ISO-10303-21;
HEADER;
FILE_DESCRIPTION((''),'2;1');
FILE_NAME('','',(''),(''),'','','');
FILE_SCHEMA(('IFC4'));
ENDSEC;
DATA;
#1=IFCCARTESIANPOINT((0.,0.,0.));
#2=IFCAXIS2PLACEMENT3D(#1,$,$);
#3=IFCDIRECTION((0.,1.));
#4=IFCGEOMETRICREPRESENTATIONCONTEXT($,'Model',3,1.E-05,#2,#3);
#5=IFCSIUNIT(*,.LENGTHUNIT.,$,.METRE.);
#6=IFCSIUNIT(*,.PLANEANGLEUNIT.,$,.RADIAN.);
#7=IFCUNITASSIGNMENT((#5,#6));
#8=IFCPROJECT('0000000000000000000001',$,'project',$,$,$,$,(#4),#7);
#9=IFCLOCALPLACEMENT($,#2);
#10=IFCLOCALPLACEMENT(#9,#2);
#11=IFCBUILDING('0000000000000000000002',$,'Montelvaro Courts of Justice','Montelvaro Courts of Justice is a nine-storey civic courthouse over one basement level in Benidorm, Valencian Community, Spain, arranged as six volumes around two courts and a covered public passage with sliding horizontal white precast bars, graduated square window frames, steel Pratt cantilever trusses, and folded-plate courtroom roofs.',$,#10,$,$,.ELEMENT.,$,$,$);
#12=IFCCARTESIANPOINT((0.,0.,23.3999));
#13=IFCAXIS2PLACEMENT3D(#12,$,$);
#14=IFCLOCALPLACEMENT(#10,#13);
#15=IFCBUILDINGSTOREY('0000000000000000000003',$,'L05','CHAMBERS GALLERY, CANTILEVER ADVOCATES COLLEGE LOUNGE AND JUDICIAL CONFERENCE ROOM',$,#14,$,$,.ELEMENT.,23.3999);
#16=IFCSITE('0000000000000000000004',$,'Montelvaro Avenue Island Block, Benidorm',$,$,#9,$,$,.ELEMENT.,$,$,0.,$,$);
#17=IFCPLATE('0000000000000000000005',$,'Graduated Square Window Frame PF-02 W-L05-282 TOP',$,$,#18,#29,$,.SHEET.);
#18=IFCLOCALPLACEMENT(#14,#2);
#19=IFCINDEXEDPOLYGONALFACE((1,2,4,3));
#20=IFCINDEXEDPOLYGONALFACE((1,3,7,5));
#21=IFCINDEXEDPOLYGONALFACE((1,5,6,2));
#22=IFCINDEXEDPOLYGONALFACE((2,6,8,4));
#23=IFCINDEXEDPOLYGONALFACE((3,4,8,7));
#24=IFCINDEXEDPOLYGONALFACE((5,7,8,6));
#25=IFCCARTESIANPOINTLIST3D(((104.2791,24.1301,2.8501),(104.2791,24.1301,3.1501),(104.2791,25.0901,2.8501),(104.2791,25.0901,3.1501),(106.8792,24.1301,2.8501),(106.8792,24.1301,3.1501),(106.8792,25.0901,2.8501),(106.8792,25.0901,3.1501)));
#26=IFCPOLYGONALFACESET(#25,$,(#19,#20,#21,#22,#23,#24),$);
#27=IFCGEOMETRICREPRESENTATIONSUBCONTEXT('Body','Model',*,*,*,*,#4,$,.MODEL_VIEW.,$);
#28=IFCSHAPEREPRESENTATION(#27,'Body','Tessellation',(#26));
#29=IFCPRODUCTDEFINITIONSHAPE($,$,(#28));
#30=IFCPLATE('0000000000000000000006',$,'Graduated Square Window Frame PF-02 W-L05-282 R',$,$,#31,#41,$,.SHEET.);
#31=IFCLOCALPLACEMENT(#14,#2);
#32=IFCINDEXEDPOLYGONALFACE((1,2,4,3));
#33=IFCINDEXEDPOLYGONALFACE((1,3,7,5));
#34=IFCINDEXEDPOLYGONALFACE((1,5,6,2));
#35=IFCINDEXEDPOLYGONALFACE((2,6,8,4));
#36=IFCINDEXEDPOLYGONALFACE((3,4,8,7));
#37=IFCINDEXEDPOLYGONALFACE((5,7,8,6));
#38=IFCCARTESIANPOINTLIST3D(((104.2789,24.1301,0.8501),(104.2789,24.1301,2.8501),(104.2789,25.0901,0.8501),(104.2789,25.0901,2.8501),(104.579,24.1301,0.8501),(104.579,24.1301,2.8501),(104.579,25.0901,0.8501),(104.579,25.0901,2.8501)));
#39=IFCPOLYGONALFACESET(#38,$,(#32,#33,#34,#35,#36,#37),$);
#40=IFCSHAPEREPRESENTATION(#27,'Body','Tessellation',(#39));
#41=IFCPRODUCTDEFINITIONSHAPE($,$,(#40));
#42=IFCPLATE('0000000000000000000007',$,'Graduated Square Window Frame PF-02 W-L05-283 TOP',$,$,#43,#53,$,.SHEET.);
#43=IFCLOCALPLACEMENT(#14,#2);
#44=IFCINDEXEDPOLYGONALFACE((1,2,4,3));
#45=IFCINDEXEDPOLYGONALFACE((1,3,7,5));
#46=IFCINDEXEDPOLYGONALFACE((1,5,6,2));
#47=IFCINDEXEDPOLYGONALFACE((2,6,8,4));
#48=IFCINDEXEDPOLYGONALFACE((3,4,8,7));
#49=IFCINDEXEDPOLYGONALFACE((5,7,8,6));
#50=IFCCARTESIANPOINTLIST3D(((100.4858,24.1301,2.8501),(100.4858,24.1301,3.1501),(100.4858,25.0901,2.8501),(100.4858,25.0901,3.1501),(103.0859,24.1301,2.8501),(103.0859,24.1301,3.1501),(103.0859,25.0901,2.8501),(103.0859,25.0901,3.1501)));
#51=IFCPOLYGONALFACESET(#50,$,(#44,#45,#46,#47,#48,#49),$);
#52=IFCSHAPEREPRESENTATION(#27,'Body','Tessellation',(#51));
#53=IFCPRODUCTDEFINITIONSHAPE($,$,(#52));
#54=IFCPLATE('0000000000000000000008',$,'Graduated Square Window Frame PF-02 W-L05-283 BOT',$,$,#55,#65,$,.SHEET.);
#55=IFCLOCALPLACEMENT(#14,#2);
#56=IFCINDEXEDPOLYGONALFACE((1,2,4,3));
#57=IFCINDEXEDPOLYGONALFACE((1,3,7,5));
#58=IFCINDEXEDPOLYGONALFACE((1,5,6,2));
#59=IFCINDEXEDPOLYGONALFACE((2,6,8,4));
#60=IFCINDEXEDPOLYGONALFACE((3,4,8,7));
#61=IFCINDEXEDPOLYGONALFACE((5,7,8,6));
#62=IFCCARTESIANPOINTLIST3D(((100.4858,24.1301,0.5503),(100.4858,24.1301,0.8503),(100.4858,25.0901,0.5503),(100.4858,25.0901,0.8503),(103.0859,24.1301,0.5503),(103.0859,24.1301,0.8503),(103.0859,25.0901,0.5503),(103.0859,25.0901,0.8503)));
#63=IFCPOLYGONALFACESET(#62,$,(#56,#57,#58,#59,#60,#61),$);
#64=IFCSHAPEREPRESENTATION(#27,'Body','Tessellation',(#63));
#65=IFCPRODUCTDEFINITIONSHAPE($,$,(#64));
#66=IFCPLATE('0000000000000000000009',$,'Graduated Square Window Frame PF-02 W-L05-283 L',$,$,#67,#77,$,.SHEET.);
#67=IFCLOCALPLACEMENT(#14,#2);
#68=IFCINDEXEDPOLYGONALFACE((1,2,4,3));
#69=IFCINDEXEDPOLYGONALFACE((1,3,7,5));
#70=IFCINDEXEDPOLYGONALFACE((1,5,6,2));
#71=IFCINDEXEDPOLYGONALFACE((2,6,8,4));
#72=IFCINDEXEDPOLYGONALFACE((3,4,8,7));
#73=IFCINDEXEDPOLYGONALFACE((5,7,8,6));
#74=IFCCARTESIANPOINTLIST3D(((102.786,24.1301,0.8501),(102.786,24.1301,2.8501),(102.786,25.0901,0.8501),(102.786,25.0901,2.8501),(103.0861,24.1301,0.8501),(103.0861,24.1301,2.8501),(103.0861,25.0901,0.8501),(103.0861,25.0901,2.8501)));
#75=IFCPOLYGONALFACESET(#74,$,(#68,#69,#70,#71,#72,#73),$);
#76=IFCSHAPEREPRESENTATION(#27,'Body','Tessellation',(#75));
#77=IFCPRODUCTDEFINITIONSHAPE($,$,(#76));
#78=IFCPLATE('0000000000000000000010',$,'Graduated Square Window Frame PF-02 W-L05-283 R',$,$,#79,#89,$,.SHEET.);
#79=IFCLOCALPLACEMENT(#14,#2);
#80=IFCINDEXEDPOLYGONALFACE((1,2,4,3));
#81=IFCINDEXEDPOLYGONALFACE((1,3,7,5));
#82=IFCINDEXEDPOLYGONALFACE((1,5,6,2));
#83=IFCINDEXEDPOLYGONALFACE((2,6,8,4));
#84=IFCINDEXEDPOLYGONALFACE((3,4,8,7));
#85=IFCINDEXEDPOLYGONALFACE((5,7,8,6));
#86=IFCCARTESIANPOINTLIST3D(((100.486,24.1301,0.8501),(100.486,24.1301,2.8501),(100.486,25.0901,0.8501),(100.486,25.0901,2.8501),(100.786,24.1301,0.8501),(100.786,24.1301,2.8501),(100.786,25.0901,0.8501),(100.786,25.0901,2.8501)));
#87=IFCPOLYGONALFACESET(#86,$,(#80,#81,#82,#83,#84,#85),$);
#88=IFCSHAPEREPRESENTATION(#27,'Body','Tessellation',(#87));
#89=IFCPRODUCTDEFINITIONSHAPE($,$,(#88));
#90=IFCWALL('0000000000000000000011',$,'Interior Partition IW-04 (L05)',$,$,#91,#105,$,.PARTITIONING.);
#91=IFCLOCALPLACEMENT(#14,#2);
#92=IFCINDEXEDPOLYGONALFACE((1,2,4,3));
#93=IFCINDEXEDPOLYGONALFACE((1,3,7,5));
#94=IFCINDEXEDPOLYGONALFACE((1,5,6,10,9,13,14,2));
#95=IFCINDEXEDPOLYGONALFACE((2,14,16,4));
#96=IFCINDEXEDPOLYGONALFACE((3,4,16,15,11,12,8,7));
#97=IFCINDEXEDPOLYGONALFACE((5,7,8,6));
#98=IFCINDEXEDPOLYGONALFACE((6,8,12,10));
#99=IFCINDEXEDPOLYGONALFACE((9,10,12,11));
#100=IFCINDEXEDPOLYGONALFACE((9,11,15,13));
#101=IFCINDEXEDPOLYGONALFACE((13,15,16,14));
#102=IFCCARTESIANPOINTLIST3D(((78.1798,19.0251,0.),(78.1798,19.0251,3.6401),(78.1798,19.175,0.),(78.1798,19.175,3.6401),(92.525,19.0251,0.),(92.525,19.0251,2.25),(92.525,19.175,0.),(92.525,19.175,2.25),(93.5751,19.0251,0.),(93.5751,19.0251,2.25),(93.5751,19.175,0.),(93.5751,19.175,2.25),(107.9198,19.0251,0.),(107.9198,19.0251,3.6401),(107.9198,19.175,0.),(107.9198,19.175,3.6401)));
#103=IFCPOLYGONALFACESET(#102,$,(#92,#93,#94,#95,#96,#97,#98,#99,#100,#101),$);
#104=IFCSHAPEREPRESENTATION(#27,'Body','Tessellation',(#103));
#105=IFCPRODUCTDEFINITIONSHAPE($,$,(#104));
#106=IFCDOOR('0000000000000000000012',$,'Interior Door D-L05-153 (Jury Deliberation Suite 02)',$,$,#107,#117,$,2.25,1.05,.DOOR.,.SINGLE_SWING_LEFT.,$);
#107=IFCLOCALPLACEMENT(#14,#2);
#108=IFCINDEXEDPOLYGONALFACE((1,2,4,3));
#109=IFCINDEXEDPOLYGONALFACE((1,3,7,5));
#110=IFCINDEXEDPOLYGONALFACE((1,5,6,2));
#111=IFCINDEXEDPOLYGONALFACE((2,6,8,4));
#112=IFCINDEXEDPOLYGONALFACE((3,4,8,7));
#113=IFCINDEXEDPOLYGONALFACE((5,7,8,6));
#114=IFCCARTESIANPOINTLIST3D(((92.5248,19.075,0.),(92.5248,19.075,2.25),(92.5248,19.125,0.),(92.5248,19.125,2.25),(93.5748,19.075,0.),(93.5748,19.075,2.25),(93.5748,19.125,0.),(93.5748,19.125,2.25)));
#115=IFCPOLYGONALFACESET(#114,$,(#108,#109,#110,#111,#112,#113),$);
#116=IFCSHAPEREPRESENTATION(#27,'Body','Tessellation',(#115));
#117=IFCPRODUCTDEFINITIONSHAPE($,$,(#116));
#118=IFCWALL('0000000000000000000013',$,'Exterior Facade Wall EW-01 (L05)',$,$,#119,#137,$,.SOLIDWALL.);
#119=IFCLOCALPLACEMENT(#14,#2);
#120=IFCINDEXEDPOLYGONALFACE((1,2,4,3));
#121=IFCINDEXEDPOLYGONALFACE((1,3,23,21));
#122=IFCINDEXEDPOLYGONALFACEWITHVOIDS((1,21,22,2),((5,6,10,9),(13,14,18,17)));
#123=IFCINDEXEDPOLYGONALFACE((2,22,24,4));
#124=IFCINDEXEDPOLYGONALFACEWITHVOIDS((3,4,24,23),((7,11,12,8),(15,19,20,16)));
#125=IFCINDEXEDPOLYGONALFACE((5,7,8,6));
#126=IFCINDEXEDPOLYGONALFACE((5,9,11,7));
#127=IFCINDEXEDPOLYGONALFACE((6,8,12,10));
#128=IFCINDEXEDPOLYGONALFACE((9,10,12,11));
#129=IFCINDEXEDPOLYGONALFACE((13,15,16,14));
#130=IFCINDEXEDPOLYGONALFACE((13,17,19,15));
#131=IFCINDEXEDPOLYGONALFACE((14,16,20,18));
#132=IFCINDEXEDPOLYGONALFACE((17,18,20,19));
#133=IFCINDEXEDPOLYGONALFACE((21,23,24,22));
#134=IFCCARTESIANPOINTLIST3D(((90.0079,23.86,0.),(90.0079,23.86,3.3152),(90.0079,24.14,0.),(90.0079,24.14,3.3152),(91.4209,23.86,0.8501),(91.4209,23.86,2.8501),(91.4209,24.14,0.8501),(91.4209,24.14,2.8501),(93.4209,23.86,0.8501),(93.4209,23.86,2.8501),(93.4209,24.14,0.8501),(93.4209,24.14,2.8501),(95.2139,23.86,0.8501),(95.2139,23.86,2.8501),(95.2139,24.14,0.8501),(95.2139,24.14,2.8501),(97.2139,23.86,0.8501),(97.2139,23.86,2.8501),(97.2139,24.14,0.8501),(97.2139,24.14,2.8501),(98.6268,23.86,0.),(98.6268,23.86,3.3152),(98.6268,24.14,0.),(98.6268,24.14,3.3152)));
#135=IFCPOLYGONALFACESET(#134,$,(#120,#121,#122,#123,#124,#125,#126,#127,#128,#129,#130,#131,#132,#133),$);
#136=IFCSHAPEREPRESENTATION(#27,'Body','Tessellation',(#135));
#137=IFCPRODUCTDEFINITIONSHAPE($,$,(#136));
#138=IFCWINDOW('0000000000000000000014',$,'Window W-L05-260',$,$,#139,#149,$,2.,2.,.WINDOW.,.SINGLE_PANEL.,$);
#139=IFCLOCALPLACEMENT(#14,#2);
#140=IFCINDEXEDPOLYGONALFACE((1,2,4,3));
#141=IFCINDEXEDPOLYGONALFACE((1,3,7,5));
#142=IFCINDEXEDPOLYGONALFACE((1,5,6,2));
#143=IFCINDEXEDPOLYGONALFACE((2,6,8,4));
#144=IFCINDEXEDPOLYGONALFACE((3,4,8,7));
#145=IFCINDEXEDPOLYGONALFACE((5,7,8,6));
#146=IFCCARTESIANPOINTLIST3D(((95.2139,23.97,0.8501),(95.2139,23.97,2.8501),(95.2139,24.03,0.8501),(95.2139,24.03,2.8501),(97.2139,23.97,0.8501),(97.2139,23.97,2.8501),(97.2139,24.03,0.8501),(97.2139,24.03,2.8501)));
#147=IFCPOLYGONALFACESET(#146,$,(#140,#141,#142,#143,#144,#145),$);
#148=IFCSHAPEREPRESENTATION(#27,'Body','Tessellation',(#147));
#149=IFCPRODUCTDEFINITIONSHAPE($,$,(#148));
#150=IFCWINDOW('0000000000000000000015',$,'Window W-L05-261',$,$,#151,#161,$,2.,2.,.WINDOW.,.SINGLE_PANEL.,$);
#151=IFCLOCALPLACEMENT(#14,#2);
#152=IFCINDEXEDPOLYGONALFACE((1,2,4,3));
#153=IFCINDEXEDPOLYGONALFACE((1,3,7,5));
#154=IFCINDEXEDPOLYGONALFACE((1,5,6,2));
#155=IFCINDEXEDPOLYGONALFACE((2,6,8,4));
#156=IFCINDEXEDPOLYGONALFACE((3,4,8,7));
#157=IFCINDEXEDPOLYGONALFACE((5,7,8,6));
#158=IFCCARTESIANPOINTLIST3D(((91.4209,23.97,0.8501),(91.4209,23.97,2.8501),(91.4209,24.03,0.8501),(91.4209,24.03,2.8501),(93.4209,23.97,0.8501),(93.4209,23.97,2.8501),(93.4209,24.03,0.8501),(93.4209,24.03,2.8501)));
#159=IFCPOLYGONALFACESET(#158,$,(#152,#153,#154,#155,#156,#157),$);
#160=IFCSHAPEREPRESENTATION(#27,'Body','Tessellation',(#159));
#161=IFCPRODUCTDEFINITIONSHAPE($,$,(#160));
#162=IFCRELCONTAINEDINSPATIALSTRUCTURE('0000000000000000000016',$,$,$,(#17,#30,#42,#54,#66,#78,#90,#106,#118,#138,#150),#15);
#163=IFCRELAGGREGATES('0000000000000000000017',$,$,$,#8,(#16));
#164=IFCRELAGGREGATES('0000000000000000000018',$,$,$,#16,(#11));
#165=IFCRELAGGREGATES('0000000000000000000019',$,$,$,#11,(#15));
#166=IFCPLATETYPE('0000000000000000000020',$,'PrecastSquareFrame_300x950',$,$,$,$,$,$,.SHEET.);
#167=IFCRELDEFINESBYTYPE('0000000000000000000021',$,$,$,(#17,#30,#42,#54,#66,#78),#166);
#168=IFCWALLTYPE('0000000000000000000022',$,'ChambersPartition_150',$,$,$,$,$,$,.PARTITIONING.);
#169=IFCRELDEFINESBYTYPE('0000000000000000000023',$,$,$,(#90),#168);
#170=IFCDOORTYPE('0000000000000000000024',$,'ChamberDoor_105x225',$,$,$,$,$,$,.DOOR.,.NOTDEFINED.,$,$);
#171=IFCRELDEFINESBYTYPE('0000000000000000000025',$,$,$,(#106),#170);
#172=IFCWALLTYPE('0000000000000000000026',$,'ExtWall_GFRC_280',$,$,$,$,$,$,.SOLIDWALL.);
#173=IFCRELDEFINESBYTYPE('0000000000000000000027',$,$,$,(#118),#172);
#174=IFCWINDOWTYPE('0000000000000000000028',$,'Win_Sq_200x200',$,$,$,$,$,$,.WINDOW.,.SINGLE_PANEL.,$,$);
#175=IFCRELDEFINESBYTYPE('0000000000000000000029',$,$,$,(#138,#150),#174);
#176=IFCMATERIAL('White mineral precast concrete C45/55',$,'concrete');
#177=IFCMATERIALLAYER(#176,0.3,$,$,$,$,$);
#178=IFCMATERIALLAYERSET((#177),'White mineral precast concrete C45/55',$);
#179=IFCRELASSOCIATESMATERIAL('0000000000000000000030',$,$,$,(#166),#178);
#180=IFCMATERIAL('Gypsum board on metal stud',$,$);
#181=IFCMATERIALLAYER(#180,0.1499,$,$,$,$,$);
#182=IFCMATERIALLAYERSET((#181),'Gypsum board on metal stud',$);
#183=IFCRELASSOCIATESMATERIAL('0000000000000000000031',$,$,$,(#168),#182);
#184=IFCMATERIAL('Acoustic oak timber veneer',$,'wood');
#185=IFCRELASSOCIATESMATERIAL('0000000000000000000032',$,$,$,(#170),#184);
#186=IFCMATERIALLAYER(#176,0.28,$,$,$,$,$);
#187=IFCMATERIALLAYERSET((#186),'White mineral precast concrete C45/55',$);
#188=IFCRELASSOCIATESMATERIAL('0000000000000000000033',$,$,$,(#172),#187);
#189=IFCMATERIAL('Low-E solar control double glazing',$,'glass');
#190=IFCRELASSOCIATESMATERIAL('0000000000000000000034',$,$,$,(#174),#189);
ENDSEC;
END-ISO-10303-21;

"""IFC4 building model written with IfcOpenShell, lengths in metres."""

from ifc_helpers import new_model, si_unit, direction, frame, frame_2d, origin, origin_2d, place, context, subcontext, project, spatial, rectangle, extrude, material, layer, layer_set, type_object, element, fill, save


model = new_model("IFC4")

# Units and contexts
model_context = context("Model", 3, precision=1e-05, world=origin(), true_north=direction((0.0, 1.0)))
body_context = subcontext(model_context, "Body", "Model", "MODEL_VIEW")
ifc_project = project(units=[si_unit("LENGTHUNIT", "METRE"), si_unit("PLANEANGLEUNIT", "RADIAN")], contexts=[model_context])

# Site, building, storey
site_placement = place(None, origin())
site = spatial("IfcSite", under=ifc_project, at=site_placement, Name="Montelvaro Avenue Island Block, Benidorm", CompositionType="ELEMENT", RefElevation=0.0)
building_placement = place(site_placement, origin())
building = spatial("IfcBuilding", under=site, at=building_placement, Name="Montelvaro Courts of Justice", Description="Montelvaro Courts of Justice is a nine-storey civic courthouse over one basement level in Benidorm, Valencian Community, Spain, arranged as six volumes around two courts and a covered public passage with sliding horizontal white precast bars, graduated square window frames, steel Pratt cantilever trusses, and folded-plate courtroom roofs.", CompositionType="ELEMENT")
storey_placement = place(building_placement, frame((0.0, 0.0, 23.3999)))
storey = spatial("IfcBuildingStorey", under=building, at=storey_placement, Name="L05", Description="CHAMBERS GALLERY, CANTILEVER ADVOCATES COLLEGE LOUNGE AND JUDICIAL CONFERENCE ROOM", CompositionType="ELEMENT", Elevation=23.3999)

# Plates
ifc_material_1 = material(Name="White mineral precast concrete C45/55", Category="concrete")
ifc_layer_1 = layer(ifc_material_1, 0.3)
ifc_layer_set_1 = layer_set([ifc_layer_1], Name="White mineral precast concrete C45/55")
plate_type = type_object("IfcPlateType", Name="PrecastSquareFrame_300x950", PredefinedType="SHEET", material=ifc_layer_set_1)
plate_1_placement = place(storey_placement, frame((105.5791, 24.6101, 2.8501), z_axis=(0.0, 0.0, 1.0), x_axis=(-1.0, 0.0, 0.0)))
element("IfcPlate", 1, at=plate_1_placement, inside=storey, type_object=plate_type, Name="Graduated Square Window Frame PF-02 W-L05-282 TOP", PredefinedType="SHEET", context=body_context, shape_type="SweptSolid", body=[
    extrude(rectangle(XDim=2.6001, YDim=0.96, at=origin_2d()), origin(), (0.0, 0.0, 1.0), 0.3),
])
plate_2_placement = place(storey_placement, frame((104.429, 24.6101, 0.8501), z_axis=(0.0, 0.0, 1.0), x_axis=(-1.0, 0.0, 0.0)))
element("IfcPlate", 2, at=plate_2_placement, inside=storey, type_object=plate_type, Name="Graduated Square Window Frame PF-02 W-L05-282 R", PredefinedType="SHEET", context=body_context, shape_type="SweptSolid", body=[
    extrude(rectangle(XDim=0.3, YDim=0.96, at=origin_2d()), origin(), (0.0, 0.0, 1.0), 2.0),
])
for number, where, z_axis, x_axis, name in (
    (3, (101.7859, 24.6101, 2.8501), (0.0, 0.0, 1.0), (-1.0, 0.0, 0.0), "Graduated Square Window Frame PF-02 W-L05-283 TOP"),
    (4, (101.7859, 24.6101, 0.5503), (0.0, 0.0, 1.0), (-1.0, 0.0, 0.0), "Graduated Square Window Frame PF-02 W-L05-283 BOT"),
):
    element("IfcPlate", number, at=place(storey_placement, frame(where, z_axis=z_axis, x_axis=x_axis)), inside=storey, type_object=plate_type, Name=name, PredefinedType="SHEET", context=body_context, shape_type="SweptSolid", body=[
        extrude(rectangle(XDim=2.6001, YDim=0.96, at=origin_2d()), origin(), (0.0, 0.0, 1.0), 0.3),
    ])
for number, where, z_axis, x_axis, name in (
    (5, (102.936, 24.6101, 0.8501), (0.0, 0.0, 1.0), (-1.0, 0.0, 0.0), "Graduated Square Window Frame PF-02 W-L05-283 L"),
    (6, (100.636, 24.6101, 0.8501), (0.0, 0.0, 1.0), (-1.0, 0.0, 0.0), "Graduated Square Window Frame PF-02 W-L05-283 R"),
):
    element("IfcPlate", number, at=place(storey_placement, frame(where, z_axis=z_axis, x_axis=x_axis)), inside=storey, type_object=plate_type, Name=name, PredefinedType="SHEET", context=body_context, shape_type="SweptSolid", body=[
        extrude(rectangle(XDim=0.3, YDim=0.96, at=origin_2d()), origin(), (0.0, 0.0, 1.0), 2.0),
    ])

# Wall, opening, door
ifc_material_2 = material(Name="Gypsum board on metal stud")
ifc_layer_2 = layer(ifc_material_2, 0.1499)
ifc_layer_set_2 = layer_set([ifc_layer_2], Name="Gypsum board on metal stud")
wall_type_1 = type_object("IfcWallType", Name="ChambersPartition_150", PredefinedType="PARTITIONING", material=ifc_layer_set_2)
wall_1_placement = place(storey_placement, frame((107.9199, 19.1001, 0.0), z_axis=(0.0, 0.0, 1.0), x_axis=(-1.0, 0.0, 0.0)))
wall_1 = element("IfcWall", 7, at=wall_1_placement, inside=storey, type_object=wall_type_1, Name="Interior Partition IW-04 (L05)", PredefinedType="PARTITIONING", context=body_context, shape_type="SweptSolid", body=[
    extrude(rectangle(XDim=29.74, YDim=0.1499, at=frame_2d((14.8701, 0.0))), origin(), (0.0, 0.0, 1.0), 3.6401),
])
opening_1_placement = place(wall_1_placement, frame((14.345, 0.0, 0.0)))
opening_1 = element("IfcOpeningElement", 8, at=opening_1_placement, cuts=wall_1, PredefinedType="OPENING", context=body_context, shape_type="SweptSolid", body=[
    extrude(rectangle(XDim=1.05, YDim=2.25, at=frame_2d((0.5249, 1.125))), frame((0.0, 0.0898, 0.0), z_axis=(0.0, -1.0, 0.0), x_axis=(1.0, 0.0, 0.0)), (0.0, 0.0, 1.0), 0.1797),
])
ifc_material_3 = material(Name="Acoustic oak timber veneer", Category="wood")
door_type = type_object("IfcDoorType", Name="ChamberDoor_105x225", OperationType="NOTDEFINED", PredefinedType="DOOR", material=ifc_material_3)
door_placement = place(opening_1_placement, frame((1.05, 0.0, 0.0), z_axis=(0.0, 0.0, 1.0), x_axis=(-1.0, 0.0, 0.0)))
door = element("IfcDoor", 9, at=door_placement, inside=storey, type_object=door_type, Name="Interior Door D-L05-153 (Jury Deliberation Suite 02)", OperationType="SINGLE_SWING_LEFT", OverallHeight=2.25, OverallWidth=1.05, PredefinedType="DOOR", context=body_context, shape_type="SweptSolid", body=[
    extrude(rectangle(XDim=1.05, YDim=2.25, at=frame_2d((0.5249, 1.125))), frame((0.0, 0.0249, 0.0), z_axis=(0.0, -1.0, 0.0), x_axis=(1.0, 0.0, 0.0)), (0.0, 0.0, 1.0), 0.05),
])
fill(opening_1, door)

# Wall, openings, windows
ifc_layer_3 = layer(ifc_material_1, 0.28)
ifc_layer_set_3 = layer_set([ifc_layer_3], Name="White mineral precast concrete C45/55")
wall_type_2 = type_object("IfcWallType", Name="ExtWall_GFRC_280", PredefinedType="SOLIDWALL", material=ifc_layer_set_3)
wall_2_placement = place(storey_placement, frame((98.627, 24.0, 0.0), z_axis=(0.0, 0.0, 1.0), x_axis=(-1.0, 0.0, 0.0)))
wall_2 = element("IfcWall", 10, at=wall_2_placement, inside=storey, type_object=wall_type_2, Name="Exterior Facade Wall EW-01 (L05)", PredefinedType="SOLIDWALL", context=body_context, shape_type="SweptSolid", body=[
    extrude(rectangle(XDim=8.6189, YDim=0.28, at=frame_2d((4.3096, 0.0))), origin(), (0.0, 0.0, 1.0), 3.3152),
])
opening_2_placement = place(wall_2_placement, frame((1.4131, 0.0, 0.8501)))
opening_2 = element("IfcOpeningElement", 11, at=opening_2_placement, cuts=wall_2, PredefinedType="OPENING", context=body_context, shape_type="SweptSolid", body=[
    extrude(rectangle(XDim=2.0, YDim=2.0, at=frame_2d((1.0, 1.0))), frame((0.0, 0.1548, 0.0), z_axis=(0.0, -1.0, 0.0), x_axis=(1.0, 0.0, 0.0)), (0.0, 0.0, 1.0), 0.3098),
])
opening_3_placement = place(wall_2_placement, frame((5.2061, 0.0, 0.8501)))
opening_3 = element("IfcOpeningElement", 12, at=opening_3_placement, cuts=wall_2, PredefinedType="OPENING", context=body_context, shape_type="SweptSolid", body=[
    extrude(rectangle(XDim=2.0, YDim=2.0, at=frame_2d((1.0, 1.0))), frame((0.0, 0.1548, 0.0), z_axis=(0.0, -1.0, 0.0), x_axis=(1.0, 0.0, 0.0)), (0.0, 0.0, 1.0), 0.3098),
])
ifc_material_4 = material(Name="Low-E solar control double glazing", Category="glass")
window_type = type_object("IfcWindowType", Name="Win_Sq_200x200", PartitioningType="SINGLE_PANEL", PredefinedType="WINDOW", material=ifc_material_4)
window_1_placement = place(opening_2_placement, origin())
window_1 = element("IfcWindow", 13, at=window_1_placement, inside=storey, type_object=window_type, Name="Window W-L05-260", OverallHeight=2.0, OverallWidth=2.0, PartitioningType="SINGLE_PANEL", PredefinedType="WINDOW", context=body_context, shape_type="SweptSolid", body=[
    extrude(rectangle(XDim=2.0, YDim=2.0, at=frame_2d((1.0, 1.0))), frame((0.0, 0.03, 0.0), z_axis=(0.0, -1.0, 0.0), x_axis=(1.0, 0.0, 0.0)), (0.0, 0.0, 1.0), 0.0601),
])
fill(opening_2, window_1)
window_2_placement = place(opening_3_placement, origin())
window_2 = element("IfcWindow", 14, at=window_2_placement, inside=storey, type_object=window_type, Name="Window W-L05-261", OverallHeight=2.0, OverallWidth=2.0, PartitioningType="SINGLE_PANEL", PredefinedType="WINDOW", context=body_context, shape_type="SweptSolid", body=[
    extrude(rectangle(XDim=2.0, YDim=2.0, at=frame_2d((1.0, 1.0))), frame((0.0, 0.03, 0.0), z_axis=(0.0, -1.0, 0.0), x_axis=(1.0, 0.0, 0.0)), (0.0, 0.0, 1.0), 0.0601),
])
fill(opening_3, window_2)

save(model, "model.ifc")
